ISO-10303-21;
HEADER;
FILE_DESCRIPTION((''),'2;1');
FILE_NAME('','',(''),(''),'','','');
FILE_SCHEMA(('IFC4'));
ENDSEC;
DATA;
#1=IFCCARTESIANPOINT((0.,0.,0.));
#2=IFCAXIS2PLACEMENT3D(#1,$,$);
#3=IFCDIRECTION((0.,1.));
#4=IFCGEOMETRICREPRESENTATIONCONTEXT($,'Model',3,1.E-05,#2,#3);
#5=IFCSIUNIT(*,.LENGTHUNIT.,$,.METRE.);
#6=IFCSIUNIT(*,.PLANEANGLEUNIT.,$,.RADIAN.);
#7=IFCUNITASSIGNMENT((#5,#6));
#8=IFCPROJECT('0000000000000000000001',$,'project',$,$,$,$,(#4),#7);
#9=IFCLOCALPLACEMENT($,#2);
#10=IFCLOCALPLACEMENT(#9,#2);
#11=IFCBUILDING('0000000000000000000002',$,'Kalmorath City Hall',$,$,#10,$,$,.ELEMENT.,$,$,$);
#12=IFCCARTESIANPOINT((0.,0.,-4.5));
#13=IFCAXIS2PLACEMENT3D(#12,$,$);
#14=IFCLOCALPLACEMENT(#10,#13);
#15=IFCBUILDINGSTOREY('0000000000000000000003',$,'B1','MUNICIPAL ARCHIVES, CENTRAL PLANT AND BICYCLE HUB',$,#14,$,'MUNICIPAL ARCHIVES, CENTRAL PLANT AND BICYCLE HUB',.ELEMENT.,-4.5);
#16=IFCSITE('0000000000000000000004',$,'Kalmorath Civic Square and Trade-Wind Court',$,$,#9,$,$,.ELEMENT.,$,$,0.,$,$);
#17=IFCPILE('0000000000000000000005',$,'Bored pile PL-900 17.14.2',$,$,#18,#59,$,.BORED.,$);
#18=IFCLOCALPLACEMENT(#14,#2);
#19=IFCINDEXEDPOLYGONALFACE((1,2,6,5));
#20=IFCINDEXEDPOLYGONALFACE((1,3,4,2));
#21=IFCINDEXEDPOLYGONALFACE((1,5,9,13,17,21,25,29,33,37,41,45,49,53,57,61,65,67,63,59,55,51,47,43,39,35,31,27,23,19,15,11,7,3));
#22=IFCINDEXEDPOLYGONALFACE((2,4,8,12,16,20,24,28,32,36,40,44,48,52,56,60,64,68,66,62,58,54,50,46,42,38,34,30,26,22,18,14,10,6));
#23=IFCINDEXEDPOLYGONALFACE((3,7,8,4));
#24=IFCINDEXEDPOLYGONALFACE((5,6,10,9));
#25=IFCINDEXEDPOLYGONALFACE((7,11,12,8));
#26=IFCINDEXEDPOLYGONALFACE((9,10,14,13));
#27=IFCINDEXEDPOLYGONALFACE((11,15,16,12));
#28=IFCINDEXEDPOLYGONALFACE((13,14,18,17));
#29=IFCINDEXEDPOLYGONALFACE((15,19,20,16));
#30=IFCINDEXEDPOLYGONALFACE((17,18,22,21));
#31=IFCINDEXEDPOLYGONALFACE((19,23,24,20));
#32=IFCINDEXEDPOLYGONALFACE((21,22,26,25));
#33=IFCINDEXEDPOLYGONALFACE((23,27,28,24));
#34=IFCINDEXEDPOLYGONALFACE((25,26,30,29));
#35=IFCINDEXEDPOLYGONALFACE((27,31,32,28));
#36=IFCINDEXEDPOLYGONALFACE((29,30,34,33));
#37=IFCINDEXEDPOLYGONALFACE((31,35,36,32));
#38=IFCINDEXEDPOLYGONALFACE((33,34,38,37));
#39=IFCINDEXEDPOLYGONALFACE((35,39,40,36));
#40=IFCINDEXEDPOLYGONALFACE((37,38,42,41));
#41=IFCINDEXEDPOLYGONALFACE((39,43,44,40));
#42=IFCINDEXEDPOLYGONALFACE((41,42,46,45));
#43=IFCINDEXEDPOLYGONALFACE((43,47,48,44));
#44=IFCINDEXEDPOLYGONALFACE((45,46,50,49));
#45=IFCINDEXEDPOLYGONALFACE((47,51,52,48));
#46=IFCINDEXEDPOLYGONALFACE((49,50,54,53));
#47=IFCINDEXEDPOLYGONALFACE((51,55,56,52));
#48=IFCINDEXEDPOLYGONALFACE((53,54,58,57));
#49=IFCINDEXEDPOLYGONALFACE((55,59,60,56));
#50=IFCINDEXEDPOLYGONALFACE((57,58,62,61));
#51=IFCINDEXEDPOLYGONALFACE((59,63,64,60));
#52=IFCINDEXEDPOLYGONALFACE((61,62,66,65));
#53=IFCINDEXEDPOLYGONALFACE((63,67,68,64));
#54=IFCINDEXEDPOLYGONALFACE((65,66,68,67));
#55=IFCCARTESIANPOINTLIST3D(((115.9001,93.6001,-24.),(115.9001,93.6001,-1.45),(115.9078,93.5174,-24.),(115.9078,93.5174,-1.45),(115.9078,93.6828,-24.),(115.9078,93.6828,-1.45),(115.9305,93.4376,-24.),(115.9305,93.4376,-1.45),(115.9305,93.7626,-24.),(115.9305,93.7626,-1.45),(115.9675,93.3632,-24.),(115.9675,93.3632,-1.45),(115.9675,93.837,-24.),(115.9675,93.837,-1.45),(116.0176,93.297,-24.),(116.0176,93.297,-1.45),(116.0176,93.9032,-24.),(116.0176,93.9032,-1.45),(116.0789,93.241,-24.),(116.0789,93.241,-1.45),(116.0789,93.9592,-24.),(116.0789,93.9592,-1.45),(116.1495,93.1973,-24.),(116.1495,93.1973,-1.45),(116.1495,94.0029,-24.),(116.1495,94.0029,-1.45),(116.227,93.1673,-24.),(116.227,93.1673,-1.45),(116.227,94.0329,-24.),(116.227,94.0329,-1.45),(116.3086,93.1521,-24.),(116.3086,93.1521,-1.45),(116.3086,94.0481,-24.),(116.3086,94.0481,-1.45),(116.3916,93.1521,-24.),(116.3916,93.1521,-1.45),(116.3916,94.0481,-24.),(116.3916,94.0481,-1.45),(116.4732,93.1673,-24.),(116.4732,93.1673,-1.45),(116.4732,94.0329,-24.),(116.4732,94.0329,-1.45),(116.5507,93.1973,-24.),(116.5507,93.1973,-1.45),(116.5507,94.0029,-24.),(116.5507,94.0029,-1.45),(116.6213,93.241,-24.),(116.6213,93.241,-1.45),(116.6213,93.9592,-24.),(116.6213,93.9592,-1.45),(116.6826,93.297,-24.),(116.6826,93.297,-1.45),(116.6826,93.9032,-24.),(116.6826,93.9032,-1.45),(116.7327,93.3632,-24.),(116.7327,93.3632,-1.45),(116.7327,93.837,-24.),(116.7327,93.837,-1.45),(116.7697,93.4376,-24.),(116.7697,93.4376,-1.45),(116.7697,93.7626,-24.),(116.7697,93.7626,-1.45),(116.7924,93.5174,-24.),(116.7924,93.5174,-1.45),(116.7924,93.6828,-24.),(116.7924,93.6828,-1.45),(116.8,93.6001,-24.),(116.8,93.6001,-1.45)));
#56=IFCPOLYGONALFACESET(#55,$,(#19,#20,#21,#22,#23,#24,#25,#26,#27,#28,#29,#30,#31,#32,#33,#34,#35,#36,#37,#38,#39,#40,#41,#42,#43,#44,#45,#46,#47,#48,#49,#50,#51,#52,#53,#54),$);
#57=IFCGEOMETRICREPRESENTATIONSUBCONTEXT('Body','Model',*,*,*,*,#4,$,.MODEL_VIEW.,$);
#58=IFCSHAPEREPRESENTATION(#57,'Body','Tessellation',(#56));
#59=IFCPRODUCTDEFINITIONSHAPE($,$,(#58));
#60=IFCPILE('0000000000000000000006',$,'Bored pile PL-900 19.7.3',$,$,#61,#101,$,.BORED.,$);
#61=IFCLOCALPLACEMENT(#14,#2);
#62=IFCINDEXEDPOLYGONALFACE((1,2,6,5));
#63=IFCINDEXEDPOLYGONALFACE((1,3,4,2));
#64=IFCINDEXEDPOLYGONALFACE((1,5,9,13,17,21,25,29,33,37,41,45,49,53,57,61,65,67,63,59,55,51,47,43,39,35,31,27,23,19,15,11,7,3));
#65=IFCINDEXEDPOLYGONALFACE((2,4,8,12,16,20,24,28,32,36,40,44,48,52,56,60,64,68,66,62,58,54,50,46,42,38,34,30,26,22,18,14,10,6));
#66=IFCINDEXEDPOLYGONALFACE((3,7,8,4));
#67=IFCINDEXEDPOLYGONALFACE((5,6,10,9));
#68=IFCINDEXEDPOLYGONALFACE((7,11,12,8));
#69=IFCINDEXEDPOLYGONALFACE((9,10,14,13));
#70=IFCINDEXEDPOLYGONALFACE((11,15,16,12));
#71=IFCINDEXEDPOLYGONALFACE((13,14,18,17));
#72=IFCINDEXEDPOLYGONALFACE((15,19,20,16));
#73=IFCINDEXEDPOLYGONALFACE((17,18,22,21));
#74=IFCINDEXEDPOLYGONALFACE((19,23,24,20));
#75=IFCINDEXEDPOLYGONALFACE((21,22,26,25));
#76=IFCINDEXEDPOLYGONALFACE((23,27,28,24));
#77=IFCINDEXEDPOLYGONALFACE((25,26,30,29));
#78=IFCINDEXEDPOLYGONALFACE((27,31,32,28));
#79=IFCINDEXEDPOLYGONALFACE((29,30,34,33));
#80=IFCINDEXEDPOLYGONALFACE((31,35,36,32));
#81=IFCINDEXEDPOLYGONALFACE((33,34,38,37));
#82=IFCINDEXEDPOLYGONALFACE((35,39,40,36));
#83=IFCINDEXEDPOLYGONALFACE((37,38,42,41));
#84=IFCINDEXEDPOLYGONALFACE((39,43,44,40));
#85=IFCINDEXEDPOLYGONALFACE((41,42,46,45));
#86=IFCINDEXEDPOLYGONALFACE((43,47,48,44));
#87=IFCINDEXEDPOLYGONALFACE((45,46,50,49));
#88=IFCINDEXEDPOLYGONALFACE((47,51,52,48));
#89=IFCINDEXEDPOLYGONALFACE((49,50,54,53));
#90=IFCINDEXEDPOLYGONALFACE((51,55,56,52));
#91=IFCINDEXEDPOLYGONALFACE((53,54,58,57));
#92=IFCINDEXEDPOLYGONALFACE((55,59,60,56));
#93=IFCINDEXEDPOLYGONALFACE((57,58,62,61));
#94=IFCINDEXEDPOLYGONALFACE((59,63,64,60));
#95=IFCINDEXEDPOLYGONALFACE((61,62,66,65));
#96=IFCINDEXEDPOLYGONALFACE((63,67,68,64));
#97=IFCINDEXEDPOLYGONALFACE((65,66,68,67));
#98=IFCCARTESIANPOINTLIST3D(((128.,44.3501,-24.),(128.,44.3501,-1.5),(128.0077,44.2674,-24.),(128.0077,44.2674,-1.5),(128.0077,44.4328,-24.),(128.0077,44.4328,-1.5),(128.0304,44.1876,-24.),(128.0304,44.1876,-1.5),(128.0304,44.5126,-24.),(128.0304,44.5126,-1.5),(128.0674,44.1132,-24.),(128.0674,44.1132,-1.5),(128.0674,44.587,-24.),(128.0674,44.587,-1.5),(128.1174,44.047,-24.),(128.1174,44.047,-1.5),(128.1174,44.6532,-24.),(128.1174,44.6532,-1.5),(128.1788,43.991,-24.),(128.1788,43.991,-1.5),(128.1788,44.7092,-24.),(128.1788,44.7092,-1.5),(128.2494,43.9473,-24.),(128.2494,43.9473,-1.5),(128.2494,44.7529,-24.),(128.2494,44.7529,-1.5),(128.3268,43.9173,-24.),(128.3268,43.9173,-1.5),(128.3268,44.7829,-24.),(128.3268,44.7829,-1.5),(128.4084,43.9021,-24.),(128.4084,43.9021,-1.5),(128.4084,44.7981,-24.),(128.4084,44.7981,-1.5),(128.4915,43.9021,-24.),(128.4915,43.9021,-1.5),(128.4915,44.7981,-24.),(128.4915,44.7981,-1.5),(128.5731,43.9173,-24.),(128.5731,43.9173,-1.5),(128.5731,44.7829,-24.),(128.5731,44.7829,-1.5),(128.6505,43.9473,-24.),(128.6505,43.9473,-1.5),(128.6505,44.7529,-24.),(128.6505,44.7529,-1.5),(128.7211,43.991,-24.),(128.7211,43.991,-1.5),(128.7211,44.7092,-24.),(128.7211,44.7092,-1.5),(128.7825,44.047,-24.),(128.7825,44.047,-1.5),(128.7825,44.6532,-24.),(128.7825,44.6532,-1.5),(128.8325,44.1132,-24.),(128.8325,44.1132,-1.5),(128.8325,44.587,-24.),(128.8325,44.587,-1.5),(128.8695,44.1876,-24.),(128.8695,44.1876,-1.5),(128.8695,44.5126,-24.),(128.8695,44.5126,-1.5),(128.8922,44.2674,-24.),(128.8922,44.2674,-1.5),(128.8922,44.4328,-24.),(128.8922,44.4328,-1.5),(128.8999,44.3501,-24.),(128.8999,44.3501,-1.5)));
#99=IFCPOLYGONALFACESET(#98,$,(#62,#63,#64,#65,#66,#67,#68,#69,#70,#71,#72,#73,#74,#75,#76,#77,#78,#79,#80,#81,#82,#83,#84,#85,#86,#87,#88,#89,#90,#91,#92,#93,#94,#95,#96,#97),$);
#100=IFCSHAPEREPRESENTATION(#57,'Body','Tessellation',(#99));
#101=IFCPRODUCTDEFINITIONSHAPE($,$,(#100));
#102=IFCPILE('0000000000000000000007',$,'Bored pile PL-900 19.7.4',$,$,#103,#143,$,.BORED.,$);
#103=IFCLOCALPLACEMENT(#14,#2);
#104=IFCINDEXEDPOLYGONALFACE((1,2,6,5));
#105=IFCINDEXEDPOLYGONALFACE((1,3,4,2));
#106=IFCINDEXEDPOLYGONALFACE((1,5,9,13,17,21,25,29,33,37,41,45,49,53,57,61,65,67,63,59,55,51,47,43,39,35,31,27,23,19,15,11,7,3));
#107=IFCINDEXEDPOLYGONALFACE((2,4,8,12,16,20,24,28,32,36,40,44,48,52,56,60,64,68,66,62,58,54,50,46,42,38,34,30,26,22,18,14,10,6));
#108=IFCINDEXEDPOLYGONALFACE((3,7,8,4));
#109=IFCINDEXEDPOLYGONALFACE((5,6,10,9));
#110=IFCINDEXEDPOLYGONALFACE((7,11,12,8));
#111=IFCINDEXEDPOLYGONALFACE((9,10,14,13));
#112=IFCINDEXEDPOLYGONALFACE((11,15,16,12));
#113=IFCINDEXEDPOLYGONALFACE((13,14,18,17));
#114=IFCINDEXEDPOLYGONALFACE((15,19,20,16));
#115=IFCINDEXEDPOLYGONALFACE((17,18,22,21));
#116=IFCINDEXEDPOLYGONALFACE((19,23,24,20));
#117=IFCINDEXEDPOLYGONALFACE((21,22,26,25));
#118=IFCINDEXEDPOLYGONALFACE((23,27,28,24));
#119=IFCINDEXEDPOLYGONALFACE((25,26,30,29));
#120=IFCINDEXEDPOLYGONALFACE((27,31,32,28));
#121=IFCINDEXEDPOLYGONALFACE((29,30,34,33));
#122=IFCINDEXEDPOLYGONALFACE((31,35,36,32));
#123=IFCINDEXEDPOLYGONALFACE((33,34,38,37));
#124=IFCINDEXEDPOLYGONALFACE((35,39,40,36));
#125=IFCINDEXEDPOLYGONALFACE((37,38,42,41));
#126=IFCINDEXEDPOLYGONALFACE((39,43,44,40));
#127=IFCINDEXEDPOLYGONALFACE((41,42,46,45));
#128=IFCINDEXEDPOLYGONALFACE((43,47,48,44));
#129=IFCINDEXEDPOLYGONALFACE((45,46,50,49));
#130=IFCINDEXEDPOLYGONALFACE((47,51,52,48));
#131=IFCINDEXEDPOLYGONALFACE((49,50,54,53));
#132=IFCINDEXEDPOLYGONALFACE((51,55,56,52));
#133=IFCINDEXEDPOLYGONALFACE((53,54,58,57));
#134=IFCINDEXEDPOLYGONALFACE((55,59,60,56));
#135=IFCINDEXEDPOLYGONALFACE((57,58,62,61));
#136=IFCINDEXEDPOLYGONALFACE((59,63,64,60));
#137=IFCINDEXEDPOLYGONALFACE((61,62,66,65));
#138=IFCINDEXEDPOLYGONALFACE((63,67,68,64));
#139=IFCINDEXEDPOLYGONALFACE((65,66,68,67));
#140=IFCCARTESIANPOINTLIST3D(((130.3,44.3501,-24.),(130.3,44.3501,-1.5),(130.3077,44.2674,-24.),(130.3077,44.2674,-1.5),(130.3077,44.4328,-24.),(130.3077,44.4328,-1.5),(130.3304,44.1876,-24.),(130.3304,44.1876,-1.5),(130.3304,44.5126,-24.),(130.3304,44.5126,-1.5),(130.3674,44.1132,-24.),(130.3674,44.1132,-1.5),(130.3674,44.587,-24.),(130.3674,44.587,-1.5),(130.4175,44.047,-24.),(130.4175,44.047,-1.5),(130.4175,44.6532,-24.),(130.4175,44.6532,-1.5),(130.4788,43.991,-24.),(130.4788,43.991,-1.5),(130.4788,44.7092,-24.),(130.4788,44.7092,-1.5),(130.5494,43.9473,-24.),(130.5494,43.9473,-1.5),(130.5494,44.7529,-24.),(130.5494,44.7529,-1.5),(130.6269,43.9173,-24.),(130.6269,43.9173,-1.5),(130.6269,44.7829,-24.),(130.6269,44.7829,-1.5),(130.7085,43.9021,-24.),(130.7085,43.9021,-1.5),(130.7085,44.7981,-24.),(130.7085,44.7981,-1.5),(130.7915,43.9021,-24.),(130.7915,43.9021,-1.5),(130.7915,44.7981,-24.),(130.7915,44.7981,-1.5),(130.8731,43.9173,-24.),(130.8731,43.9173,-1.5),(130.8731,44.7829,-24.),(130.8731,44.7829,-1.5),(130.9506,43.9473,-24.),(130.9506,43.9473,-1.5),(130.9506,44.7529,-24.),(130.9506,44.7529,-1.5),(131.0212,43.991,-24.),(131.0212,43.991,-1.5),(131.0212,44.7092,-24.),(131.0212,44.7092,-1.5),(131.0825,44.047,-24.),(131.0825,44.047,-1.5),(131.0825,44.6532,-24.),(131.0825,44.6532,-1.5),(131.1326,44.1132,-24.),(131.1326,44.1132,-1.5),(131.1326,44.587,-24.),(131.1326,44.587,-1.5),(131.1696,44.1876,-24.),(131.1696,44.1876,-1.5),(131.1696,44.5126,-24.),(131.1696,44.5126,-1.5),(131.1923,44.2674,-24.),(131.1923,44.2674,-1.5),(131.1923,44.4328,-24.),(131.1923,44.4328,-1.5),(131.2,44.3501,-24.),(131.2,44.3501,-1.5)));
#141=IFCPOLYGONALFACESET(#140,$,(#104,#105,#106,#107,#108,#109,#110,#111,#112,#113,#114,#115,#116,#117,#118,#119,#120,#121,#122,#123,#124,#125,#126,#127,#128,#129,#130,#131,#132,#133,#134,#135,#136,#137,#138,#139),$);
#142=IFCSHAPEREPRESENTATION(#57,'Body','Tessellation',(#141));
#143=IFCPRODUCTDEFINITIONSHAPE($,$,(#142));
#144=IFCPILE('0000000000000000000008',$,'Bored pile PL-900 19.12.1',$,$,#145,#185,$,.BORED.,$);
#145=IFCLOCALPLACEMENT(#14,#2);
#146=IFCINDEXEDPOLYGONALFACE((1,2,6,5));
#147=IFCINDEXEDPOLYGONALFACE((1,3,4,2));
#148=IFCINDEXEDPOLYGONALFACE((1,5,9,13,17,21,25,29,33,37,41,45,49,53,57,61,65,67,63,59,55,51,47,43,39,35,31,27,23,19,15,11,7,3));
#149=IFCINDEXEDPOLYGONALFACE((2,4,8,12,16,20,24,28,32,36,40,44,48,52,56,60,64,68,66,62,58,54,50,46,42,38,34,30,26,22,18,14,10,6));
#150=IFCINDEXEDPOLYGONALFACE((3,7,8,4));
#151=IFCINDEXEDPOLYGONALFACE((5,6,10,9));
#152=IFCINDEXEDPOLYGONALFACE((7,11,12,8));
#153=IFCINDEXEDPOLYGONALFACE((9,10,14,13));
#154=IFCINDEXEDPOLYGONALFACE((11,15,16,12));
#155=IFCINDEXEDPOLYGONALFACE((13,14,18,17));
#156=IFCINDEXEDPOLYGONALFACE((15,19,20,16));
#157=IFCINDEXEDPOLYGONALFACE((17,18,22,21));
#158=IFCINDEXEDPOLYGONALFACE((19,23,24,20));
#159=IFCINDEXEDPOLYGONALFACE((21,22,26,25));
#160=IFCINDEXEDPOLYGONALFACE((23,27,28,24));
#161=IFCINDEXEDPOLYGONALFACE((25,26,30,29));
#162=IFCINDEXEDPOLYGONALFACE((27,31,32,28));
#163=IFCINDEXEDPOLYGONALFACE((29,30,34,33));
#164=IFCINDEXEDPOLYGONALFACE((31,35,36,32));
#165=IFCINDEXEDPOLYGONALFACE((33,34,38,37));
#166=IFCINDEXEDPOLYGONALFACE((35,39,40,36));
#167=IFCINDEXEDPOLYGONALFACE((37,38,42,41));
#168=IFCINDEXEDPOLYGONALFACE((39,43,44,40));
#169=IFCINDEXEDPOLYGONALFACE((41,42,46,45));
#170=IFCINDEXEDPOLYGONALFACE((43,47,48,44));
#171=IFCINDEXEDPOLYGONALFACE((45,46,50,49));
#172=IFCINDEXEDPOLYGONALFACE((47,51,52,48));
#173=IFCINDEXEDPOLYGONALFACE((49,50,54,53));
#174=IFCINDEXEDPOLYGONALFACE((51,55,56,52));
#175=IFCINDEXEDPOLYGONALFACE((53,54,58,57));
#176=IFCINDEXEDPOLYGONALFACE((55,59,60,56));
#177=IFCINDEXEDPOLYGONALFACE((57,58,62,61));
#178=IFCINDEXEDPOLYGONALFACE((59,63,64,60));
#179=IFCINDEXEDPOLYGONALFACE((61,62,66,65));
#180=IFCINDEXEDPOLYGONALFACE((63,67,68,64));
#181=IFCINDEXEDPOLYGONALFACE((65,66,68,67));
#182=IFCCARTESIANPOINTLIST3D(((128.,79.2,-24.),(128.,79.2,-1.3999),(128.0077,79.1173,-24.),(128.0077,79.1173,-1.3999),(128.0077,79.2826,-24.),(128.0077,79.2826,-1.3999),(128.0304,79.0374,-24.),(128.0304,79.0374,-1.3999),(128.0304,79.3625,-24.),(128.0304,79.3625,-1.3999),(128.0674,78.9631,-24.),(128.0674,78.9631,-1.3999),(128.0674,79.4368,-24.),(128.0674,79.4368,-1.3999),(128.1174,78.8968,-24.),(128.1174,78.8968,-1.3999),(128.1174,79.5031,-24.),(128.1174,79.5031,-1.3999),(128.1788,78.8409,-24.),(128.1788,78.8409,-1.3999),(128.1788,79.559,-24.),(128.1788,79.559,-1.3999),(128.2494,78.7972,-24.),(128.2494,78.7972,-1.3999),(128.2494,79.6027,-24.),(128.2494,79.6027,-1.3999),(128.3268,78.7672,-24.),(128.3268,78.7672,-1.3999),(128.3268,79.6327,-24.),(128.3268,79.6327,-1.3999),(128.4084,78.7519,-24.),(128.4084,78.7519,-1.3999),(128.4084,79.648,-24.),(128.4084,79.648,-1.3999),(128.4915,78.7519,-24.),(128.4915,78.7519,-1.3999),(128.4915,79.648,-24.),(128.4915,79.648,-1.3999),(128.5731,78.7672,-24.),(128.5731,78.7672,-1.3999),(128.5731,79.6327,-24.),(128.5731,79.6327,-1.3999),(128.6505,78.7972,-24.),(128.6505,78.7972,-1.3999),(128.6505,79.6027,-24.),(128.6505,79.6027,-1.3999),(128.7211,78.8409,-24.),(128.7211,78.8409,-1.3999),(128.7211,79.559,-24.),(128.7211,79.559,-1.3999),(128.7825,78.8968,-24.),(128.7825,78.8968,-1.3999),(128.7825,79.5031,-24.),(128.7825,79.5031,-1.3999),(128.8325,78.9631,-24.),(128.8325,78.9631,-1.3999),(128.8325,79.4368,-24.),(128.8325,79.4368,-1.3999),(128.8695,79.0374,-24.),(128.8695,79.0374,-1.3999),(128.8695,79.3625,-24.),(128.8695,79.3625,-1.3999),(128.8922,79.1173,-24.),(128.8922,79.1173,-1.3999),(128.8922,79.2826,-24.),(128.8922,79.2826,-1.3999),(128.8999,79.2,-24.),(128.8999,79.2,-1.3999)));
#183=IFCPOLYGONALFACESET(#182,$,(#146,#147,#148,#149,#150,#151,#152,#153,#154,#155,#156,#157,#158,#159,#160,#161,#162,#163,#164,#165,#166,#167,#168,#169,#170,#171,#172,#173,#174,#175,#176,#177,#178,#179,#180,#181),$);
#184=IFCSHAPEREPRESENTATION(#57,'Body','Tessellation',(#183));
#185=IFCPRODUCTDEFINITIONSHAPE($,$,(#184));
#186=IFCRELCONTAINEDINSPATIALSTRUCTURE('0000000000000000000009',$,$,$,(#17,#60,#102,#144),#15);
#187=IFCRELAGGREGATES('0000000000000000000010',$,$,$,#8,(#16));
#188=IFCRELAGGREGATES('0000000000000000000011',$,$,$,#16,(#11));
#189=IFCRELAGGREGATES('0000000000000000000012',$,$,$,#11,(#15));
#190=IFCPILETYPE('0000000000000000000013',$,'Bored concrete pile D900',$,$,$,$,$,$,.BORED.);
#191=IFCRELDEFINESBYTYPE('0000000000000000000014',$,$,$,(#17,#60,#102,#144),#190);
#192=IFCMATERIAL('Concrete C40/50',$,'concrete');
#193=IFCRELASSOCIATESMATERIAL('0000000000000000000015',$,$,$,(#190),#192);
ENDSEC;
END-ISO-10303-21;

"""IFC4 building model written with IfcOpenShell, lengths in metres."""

from ifc_helpers import new_model, si_unit, direction, frame, origin, origin_2d, place, context, subcontext, project, spatial, circle, extrude, material, material_profile, profile_set, type_object, element, save


model = new_model("IFC4")

# Units and contexts
model_context = context("Model", 3, precision=1e-05, world=origin(), true_north=direction((0.0, 1.0)))
body_context = subcontext(model_context, "Body", "Model", "MODEL_VIEW")
ifc_project = project(units=[si_unit("LENGTHUNIT", "METRE"), si_unit("PLANEANGLEUNIT", "RADIAN")], contexts=[model_context])

# Site, building, storey
site_placement = place(None, origin())
site = spatial("IfcSite", under=ifc_project, at=site_placement, Name="Kalmorath Civic Square and Trade-Wind Court", CompositionType="ELEMENT", RefElevation=0.0)
building_placement = place(site_placement, origin())
building = spatial("IfcBuilding", under=site, at=building_placement, Name="Kalmorath City Hall", CompositionType="ELEMENT")
storey_placement = place(building_placement, frame((0.0, 0.0, -4.5)))
storey = spatial("IfcBuildingStorey", under=building, at=storey_placement, Name="B1", Description="MUNICIPAL ARCHIVES, CENTRAL PLANT AND BICYCLE HUB", LongName="MUNICIPAL ARCHIVES, CENTRAL PLANT AND BICYCLE HUB", CompositionType="ELEMENT", Elevation=-4.5)

# Piles
ifc_material_1 = material(Name="Concrete C40/50", Category="concrete")
ifc_material_profile_1 = material_profile(ifc_material_1, circle(Radius=0.45, at=origin_2d()), Name="PILE-D900")
ifc_profile_set_1 = profile_set([ifc_material_profile_1], Name="Concrete C40/50")
pile_type = type_object("IfcPileType", Name="Bored concrete pile D900", PredefinedType="BORED", material=ifc_profile_set_1)
for number, where, z_axis, x_axis, name in (
    (1, (116.3501, 93.6001, -1.45), (0.0, 0.0, -1.0), (1.0, 0.0, 0.0), "Bored pile PL-900 17.14.2"),
):
    element("IfcPile", number, at=place(storey_placement, frame(where, z_axis=z_axis, x_axis=x_axis)), inside=storey, type_object=pile_type, Name=name, PredefinedType="BORED", context=body_context, shape_type="SweptSolid", body=[
        extrude(circle(Radius=0.45, at=origin_2d()), origin(), (0.0, 0.0, 1.0), 22.55),
    ])
for number, where, z_axis, x_axis, name in (
    (2, (128.45, 44.3501, -1.5), (0.0, 0.0, -1.0), (1.0, 0.0, 0.0), "Bored pile PL-900 19.7.3"),
    (3, (130.75, 44.3501, -1.5), (0.0, 0.0, -1.0), (1.0, 0.0, 0.0), "Bored pile PL-900 19.7.4"),
):
    element("IfcPile", number, at=place(storey_placement, frame(where, z_axis=z_axis, x_axis=x_axis)), inside=storey, type_object=pile_type, Name=name, PredefinedType="BORED", context=body_context, shape_type="SweptSolid", body=[
        extrude(circle(Radius=0.45, at=origin_2d()), origin(), (0.0, 0.0, 1.0), 22.5),
    ])
for number, where, z_axis, x_axis, name in (
    (4, (128.45, 79.2, -1.3999), (0.0, 0.0, -1.0), (1.0, 0.0, 0.0), "Bored pile PL-900 19.12.1"),
):
    element("IfcPile", number, at=place(storey_placement, frame(where, z_axis=z_axis, x_axis=x_axis)), inside=storey, type_object=pile_type, Name=name, PredefinedType="BORED", context=body_context, shape_type="SweptSolid", body=[
        extrude(circle(Radius=0.45, at=origin_2d()), origin(), (0.0, 0.0, 1.0), 22.6001),
    ])

save(model, "model.ifc")
